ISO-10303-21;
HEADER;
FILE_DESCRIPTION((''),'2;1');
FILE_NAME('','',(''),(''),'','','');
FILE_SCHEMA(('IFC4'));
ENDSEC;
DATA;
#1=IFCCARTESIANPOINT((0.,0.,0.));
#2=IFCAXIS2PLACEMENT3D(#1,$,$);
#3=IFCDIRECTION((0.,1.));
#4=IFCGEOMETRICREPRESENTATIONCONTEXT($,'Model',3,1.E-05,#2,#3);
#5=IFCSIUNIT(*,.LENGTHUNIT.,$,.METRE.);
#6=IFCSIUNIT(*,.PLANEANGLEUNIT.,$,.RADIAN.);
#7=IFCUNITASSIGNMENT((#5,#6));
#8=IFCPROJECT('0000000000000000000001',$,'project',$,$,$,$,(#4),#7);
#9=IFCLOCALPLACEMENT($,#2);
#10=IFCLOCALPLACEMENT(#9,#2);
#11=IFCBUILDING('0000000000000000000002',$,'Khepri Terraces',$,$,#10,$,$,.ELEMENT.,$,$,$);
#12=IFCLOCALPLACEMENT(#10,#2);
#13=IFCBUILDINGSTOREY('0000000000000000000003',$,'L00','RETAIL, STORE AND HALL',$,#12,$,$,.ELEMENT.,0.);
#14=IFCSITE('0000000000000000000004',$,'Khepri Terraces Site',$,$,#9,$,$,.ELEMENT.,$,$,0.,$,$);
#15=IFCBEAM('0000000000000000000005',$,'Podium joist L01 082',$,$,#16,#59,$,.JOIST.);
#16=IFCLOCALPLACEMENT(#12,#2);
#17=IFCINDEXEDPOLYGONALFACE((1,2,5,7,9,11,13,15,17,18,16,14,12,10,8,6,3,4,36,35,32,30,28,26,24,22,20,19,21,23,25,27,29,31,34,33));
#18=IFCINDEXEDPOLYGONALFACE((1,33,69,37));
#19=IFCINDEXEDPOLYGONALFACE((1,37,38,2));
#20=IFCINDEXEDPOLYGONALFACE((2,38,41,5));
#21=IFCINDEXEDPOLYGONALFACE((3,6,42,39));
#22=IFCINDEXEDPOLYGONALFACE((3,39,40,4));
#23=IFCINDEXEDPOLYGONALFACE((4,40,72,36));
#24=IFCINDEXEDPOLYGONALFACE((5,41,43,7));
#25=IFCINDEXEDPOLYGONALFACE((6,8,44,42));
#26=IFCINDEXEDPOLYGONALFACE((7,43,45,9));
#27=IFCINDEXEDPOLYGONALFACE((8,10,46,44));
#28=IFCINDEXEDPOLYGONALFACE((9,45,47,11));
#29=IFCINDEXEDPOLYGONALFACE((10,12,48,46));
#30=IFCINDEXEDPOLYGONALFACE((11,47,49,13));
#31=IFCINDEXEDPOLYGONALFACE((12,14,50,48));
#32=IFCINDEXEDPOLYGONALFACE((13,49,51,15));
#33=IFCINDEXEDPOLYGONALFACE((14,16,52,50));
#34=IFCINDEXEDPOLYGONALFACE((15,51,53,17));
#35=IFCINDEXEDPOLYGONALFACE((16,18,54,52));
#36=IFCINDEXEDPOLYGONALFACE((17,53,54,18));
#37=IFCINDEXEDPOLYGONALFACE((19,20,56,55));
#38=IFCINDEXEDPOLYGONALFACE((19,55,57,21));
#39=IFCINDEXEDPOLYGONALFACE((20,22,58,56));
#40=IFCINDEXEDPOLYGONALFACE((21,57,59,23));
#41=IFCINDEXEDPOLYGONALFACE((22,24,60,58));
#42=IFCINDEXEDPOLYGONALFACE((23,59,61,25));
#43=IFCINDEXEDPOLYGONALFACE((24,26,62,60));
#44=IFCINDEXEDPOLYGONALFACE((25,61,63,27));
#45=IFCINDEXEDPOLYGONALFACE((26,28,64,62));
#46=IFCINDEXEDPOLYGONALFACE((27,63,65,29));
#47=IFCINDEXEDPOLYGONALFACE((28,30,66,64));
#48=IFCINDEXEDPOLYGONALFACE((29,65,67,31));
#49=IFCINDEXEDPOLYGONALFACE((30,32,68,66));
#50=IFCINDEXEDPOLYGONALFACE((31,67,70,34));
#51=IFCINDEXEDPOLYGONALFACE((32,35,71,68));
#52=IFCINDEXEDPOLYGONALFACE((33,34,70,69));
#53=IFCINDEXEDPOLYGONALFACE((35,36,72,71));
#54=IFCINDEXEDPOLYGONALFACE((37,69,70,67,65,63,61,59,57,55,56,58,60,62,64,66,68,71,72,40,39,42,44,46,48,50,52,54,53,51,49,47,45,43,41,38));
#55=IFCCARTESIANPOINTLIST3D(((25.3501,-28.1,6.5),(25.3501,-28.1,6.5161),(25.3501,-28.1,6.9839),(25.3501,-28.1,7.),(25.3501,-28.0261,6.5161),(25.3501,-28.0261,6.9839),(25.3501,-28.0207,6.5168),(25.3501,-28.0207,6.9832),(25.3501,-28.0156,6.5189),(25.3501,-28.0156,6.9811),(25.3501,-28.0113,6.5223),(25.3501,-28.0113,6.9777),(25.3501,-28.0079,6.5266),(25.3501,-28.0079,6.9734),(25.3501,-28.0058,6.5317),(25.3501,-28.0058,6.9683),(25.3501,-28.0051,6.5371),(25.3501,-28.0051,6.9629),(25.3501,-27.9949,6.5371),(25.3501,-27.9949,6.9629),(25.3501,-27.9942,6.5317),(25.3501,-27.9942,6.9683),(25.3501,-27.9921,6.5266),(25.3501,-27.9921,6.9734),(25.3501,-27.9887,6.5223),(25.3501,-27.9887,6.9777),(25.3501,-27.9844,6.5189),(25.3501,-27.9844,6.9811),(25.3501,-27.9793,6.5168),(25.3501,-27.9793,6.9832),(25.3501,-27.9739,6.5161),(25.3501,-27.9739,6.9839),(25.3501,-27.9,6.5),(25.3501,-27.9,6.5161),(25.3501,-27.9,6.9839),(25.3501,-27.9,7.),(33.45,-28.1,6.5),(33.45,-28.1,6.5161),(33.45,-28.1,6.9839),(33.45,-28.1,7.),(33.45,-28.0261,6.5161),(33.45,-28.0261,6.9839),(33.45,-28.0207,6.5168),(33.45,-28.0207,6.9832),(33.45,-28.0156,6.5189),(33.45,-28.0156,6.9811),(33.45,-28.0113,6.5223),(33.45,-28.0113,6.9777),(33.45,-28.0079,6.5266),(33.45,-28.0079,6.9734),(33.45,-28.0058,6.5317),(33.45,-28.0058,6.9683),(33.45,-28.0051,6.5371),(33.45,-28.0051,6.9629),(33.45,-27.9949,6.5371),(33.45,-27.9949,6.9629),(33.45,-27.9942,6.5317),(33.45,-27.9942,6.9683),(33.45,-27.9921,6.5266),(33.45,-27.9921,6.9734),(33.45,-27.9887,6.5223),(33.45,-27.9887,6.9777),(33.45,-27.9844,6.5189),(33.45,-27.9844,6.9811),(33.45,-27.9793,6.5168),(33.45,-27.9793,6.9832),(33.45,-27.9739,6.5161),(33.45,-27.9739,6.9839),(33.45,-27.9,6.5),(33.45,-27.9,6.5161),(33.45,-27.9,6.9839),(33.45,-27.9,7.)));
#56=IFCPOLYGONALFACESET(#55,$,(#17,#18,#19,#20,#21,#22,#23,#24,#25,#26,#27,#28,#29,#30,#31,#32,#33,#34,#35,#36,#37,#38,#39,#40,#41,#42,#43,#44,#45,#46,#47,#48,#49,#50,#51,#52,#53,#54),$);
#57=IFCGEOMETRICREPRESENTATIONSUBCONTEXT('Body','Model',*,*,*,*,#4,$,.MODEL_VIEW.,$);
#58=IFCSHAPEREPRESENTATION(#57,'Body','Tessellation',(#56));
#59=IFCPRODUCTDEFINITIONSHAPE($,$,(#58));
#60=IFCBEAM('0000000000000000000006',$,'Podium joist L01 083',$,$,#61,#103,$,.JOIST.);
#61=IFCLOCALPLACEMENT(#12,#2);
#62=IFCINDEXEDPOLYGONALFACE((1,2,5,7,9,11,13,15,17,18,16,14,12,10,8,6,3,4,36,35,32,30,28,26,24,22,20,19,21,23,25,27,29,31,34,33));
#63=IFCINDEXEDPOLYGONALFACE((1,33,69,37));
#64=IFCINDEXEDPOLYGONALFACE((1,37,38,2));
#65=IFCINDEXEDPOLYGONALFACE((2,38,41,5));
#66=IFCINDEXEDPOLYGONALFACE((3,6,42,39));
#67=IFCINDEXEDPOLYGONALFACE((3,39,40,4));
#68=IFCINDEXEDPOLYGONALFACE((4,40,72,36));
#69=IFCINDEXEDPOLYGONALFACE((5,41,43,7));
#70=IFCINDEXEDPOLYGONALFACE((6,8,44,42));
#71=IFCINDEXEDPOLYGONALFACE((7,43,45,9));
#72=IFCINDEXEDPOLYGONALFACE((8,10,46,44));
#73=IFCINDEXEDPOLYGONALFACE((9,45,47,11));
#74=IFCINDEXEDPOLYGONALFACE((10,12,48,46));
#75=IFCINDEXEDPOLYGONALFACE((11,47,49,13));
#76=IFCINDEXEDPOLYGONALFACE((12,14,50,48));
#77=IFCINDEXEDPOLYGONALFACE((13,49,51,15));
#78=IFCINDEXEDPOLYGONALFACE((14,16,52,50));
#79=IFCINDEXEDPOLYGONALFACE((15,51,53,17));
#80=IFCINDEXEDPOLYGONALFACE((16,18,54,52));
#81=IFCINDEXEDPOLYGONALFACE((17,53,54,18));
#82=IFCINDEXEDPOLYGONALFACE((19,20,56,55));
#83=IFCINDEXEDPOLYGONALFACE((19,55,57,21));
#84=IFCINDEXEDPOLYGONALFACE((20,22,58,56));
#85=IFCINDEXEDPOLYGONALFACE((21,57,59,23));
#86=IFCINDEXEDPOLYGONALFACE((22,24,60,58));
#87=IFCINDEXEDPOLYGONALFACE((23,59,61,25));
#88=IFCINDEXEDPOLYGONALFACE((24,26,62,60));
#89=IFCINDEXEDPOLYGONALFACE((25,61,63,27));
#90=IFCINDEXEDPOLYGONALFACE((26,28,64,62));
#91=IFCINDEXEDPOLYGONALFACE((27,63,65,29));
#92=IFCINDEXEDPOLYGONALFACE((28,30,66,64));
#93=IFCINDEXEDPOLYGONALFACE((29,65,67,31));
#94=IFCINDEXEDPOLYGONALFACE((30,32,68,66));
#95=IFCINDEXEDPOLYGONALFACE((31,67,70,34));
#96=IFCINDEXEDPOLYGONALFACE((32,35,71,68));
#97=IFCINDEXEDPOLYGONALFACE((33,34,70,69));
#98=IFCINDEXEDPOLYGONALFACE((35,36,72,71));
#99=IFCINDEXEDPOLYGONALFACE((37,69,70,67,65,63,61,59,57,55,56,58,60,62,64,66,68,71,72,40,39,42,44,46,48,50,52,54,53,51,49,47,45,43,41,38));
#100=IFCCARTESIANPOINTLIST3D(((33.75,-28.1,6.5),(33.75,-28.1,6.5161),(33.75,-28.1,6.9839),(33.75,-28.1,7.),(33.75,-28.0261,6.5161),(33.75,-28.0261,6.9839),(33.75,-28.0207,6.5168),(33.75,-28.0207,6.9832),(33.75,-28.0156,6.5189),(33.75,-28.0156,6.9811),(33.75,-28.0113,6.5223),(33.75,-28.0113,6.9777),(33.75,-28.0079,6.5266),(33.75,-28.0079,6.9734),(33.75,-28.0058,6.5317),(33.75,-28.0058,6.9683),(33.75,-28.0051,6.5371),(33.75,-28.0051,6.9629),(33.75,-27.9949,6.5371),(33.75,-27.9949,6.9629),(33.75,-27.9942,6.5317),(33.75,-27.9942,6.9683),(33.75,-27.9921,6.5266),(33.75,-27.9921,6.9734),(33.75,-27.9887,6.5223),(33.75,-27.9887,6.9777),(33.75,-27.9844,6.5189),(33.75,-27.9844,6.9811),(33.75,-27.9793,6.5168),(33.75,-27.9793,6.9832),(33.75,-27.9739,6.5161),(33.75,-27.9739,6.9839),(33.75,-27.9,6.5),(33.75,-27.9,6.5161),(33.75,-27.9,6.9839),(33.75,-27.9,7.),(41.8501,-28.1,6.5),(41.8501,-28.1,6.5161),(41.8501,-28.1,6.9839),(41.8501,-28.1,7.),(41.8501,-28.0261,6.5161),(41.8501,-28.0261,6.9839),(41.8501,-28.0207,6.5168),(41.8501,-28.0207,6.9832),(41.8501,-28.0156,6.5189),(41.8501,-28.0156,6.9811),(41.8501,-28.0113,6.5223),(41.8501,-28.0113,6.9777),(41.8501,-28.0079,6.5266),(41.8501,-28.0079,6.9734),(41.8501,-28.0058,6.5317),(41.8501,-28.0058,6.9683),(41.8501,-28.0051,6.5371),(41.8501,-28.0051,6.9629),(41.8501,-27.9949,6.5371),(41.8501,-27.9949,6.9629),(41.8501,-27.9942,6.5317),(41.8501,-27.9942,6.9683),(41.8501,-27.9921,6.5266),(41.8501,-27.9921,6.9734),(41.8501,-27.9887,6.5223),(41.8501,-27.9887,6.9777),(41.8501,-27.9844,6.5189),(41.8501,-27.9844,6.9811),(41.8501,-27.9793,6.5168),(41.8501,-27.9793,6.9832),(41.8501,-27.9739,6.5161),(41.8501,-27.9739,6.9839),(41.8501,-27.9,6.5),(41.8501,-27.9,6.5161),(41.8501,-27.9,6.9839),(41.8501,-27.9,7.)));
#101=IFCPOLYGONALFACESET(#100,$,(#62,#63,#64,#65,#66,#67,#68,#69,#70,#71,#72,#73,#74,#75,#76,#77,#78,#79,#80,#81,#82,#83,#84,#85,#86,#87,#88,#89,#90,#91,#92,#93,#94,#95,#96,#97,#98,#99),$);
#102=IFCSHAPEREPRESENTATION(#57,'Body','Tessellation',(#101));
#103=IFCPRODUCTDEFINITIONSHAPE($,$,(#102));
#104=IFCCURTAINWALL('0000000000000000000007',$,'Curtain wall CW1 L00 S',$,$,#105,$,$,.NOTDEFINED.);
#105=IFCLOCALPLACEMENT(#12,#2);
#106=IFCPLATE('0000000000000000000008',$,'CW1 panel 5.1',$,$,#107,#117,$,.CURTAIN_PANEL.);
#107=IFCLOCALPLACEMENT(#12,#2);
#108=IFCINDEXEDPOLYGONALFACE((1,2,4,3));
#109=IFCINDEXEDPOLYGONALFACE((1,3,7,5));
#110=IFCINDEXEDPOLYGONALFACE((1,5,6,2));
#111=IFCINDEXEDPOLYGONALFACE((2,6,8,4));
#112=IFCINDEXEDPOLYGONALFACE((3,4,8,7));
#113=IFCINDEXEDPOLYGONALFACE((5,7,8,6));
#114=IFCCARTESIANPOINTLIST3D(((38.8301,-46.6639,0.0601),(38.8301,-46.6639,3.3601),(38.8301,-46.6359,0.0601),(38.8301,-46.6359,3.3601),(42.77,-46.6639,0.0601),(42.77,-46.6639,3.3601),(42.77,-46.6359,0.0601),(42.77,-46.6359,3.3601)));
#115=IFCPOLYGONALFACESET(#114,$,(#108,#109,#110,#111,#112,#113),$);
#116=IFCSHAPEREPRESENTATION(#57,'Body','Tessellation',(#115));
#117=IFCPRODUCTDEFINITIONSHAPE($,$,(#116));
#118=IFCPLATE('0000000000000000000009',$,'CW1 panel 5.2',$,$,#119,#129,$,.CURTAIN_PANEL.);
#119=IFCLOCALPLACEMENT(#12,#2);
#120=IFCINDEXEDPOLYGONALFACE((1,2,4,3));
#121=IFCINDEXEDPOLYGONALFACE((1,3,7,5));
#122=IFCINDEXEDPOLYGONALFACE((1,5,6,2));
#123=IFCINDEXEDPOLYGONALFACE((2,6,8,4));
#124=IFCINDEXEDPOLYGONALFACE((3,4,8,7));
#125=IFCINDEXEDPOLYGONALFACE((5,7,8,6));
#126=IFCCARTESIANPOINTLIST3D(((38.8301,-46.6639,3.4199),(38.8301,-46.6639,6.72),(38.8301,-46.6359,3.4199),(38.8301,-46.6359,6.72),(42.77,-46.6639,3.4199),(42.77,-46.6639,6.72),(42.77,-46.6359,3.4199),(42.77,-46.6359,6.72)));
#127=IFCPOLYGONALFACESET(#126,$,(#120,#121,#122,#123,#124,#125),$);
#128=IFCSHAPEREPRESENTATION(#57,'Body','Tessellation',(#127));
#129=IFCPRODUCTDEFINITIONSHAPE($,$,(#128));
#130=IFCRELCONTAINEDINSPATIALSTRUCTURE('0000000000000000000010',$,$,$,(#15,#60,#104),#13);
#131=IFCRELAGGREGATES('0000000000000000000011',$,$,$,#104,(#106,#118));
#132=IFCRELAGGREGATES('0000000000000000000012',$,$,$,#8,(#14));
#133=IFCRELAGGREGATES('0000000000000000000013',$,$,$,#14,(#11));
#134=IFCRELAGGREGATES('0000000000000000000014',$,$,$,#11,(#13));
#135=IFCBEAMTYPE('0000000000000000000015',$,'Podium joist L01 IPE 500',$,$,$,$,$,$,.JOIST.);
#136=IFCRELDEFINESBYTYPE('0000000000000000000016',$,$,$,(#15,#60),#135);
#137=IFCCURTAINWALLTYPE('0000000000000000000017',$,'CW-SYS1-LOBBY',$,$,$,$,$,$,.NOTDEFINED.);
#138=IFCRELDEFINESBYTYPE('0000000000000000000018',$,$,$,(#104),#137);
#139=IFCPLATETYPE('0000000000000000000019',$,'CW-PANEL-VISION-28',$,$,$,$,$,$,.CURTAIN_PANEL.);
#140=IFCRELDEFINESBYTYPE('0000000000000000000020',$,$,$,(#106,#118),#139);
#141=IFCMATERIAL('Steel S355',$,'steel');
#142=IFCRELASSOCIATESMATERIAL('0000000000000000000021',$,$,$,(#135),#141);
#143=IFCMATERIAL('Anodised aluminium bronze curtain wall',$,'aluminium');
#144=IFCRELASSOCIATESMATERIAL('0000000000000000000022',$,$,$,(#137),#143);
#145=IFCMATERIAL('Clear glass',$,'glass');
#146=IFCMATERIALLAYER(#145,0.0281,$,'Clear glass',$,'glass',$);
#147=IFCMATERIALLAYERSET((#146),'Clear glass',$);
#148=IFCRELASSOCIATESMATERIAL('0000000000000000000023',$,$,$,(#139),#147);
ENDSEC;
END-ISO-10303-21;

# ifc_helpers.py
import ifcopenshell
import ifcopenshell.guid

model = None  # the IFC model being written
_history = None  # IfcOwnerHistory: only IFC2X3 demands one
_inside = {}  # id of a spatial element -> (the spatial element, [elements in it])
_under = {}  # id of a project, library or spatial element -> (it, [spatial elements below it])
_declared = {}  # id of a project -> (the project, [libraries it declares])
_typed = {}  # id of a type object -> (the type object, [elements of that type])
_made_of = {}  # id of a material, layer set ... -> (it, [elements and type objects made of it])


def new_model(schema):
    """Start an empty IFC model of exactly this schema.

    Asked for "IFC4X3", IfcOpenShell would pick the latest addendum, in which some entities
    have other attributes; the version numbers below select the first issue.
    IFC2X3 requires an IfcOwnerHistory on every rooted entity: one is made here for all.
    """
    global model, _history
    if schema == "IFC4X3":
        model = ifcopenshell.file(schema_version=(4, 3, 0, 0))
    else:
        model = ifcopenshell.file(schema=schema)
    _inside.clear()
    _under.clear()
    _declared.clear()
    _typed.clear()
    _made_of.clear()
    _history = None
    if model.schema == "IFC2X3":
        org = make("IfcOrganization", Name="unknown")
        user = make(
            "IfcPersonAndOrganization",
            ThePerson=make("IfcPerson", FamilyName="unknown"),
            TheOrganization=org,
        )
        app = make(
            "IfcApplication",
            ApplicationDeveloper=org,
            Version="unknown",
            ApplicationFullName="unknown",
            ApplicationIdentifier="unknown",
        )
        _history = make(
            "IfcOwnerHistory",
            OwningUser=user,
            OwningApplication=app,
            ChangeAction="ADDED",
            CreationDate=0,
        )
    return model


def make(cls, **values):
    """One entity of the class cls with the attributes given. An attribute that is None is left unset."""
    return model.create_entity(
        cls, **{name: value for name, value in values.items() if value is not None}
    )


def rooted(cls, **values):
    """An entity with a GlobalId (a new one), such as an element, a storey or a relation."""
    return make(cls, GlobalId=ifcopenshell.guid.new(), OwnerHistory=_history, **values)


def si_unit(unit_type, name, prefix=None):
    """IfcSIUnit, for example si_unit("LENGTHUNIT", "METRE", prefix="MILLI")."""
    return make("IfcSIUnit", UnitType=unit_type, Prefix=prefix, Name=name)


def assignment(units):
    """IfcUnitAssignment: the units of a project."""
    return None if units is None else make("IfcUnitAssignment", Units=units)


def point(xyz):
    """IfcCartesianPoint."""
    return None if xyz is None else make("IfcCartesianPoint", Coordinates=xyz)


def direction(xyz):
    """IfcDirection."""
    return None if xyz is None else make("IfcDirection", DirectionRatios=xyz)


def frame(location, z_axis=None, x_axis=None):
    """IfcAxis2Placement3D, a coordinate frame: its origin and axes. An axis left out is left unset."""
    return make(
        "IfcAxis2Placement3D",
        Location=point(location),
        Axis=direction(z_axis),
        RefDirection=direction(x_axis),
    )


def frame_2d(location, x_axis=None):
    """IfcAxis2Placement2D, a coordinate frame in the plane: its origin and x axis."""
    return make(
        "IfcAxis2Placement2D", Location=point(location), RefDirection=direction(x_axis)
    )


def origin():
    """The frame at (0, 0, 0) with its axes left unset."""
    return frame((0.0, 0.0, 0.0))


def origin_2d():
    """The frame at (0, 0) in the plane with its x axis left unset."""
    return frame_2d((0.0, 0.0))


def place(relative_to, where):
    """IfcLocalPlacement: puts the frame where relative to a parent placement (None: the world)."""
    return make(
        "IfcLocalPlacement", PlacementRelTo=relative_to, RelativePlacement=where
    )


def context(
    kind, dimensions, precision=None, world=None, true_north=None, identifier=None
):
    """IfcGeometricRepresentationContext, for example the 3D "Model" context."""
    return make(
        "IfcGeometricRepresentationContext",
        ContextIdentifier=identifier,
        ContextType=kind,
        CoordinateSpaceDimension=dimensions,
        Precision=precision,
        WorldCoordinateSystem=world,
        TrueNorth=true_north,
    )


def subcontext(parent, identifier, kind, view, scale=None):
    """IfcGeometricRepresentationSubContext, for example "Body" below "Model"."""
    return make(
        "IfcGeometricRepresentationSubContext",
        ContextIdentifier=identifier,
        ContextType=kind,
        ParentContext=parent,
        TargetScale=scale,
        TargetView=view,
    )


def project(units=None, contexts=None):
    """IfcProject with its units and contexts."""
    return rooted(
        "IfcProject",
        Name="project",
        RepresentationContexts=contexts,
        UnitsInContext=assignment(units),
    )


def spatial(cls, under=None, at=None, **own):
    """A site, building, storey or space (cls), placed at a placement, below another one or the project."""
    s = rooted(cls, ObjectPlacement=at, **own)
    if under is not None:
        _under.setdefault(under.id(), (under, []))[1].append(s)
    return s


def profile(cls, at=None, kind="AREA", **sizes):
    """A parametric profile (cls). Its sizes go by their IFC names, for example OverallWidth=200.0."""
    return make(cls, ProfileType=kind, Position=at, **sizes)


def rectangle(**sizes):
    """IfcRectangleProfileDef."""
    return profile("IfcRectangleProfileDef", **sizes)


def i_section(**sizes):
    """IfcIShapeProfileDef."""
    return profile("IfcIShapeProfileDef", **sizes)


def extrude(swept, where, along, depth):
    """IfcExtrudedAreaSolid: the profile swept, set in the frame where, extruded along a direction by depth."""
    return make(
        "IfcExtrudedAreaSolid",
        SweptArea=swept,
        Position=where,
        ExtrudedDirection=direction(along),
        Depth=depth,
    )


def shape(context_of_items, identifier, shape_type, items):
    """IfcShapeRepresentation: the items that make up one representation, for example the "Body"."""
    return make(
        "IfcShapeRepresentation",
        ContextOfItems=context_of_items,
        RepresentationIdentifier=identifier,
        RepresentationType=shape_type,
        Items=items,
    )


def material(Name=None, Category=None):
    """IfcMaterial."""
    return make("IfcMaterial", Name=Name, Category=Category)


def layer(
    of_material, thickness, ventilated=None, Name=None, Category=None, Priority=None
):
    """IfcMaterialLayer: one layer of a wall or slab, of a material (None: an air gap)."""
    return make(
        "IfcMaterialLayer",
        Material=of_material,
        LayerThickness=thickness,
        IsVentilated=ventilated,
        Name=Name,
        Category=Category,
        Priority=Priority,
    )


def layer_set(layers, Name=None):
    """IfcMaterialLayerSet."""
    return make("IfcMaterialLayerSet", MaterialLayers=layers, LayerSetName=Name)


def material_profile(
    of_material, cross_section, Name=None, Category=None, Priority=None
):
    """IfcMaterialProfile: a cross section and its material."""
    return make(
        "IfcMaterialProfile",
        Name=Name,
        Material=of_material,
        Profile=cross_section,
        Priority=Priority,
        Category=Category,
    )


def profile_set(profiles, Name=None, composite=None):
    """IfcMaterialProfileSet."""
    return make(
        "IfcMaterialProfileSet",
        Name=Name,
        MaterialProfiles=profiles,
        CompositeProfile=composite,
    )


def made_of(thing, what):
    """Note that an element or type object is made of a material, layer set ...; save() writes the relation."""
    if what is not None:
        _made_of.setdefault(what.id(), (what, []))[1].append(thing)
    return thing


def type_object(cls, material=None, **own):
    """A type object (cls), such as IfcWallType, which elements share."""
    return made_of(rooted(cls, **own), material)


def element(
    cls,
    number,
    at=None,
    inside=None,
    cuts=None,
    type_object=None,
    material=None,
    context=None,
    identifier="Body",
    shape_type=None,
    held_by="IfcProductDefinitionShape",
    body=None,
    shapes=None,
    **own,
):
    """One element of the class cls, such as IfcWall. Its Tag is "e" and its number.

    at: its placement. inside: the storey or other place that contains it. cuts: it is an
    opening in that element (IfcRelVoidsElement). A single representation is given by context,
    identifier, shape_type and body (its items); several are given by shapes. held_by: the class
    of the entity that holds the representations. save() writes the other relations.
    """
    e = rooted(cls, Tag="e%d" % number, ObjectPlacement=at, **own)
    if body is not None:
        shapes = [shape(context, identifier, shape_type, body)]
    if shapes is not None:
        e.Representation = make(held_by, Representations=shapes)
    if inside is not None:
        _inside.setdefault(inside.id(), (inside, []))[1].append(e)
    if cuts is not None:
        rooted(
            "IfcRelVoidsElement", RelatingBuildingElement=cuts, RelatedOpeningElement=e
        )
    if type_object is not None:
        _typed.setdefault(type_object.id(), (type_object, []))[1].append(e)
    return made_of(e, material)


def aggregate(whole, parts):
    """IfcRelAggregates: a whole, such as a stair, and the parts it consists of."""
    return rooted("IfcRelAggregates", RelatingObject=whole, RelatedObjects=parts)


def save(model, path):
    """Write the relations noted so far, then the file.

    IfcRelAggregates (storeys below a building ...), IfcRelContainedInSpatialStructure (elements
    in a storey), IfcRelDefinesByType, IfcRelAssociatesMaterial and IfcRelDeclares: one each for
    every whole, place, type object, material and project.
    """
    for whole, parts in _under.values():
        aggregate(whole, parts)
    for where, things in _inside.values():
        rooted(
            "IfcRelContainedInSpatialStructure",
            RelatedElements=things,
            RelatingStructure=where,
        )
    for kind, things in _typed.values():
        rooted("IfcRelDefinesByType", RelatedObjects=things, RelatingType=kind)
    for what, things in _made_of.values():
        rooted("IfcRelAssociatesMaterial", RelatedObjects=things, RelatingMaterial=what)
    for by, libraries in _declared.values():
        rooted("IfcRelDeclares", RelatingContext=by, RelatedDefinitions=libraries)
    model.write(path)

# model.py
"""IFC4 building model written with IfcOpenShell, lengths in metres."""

from ifc_helpers import new_model, si_unit, direction, frame, origin, origin_2d, place, context, subcontext, project, spatial, rectangle, i_section, extrude, material, layer, layer_set, material_profile, profile_set, type_object, element, aggregate, save


model = new_model("IFC4")

# Units and contexts
model_context = context("Model", 3, precision=1e-05, world=origin(), true_north=direction((0.0, 1.0)))
body_context = subcontext(model_context, "Body", "Model", "MODEL_VIEW")
ifc_project = project(units=[si_unit("LENGTHUNIT", "METRE"), si_unit("PLANEANGLEUNIT", "RADIAN")], contexts=[model_context])

# Site, building, storey
site_placement = place(None, origin())
site = spatial("IfcSite", under=ifc_project, at=site_placement, Name="Khepri Terraces Site", CompositionType="ELEMENT", RefElevation=0.0)
building_placement = place(site_placement, origin())
building = spatial("IfcBuilding", under=site, at=building_placement, Name="Khepri Terraces", CompositionType="ELEMENT")
storey_placement = place(building_placement, origin())
storey = spatial("IfcBuildingStorey", under=building, at=storey_placement, Name="L00", Description="RETAIL, STORE AND HALL", CompositionType="ELEMENT", Elevation=0.0)

# Beams
ifc_material_1 = material(Name="Steel S355", Category="steel")
ifc_material_profile_1 = material_profile(ifc_material_1, i_section(OverallWidth=0.2, OverallDepth=0.5, WebThickness=0.0103, FlangeThickness=0.0161, FilletRadius=0.021, at=origin_2d()), Name="Steel S355", Category="steel")
ifc_profile_set_1 = profile_set([ifc_material_profile_1], Name="Steel S355")
beam_type_1 = type_object("IfcBeamType", Name="Podium joist L01 IPE 500", PredefinedType="JOIST", material=ifc_profile_set_1)
beam_1_placement = place(storey_placement, frame((25.3501, -28.0, 6.75), z_axis=(1.0, 0.0, 0.0), x_axis=(0.0, 1.0, 0.0)))
element("IfcBeam", 1, at=beam_1_placement, inside=storey, type_object=beam_type_1, Name="Podium joist L01 082", PredefinedType="JOIST", context=body_context, shape_type="SweptSolid", body=[
    extrude(i_section(OverallWidth=0.2, OverallDepth=0.5, WebThickness=0.0103, FlangeThickness=0.0161, FilletRadius=0.021, at=origin_2d()), origin(), (0.0, 0.0, 1.0), 8.0999),
])
beam_2_placement = place(storey_placement, frame((33.75, -28.0, 6.75), z_axis=(1.0, 0.0, 0.0), x_axis=(0.0, 1.0, 0.0)))
element("IfcBeam", 2, at=beam_2_placement, inside=storey, type_object=beam_type_1, Name="Podium joist L01 083", PredefinedType="JOIST", context=body_context, shape_type="SweptSolid", body=[
    extrude(i_section(OverallWidth=0.2, OverallDepth=0.5, WebThickness=0.0103, FlangeThickness=0.0161, FilletRadius=0.021, at=origin_2d()), origin(), (0.0, 0.0, 1.0), 8.1001),
])

# Curtain wall, plates
ifc_material_2 = material(Name="Anodised aluminium bronze curtain wall", Category="aluminium")
curtain_wall_type = type_object("IfcCurtainWallType", Name="CW-SYS1-LOBBY", PredefinedType="NOTDEFINED", material=ifc_material_2)
curtain_wall_placement = place(storey_placement, origin())
curtain_wall = element("IfcCurtainWall", 3, at=curtain_wall_placement, inside=storey, type_object=curtain_wall_type, Name="Curtain wall CW1 L00 S", PredefinedType="NOTDEFINED")
ifc_material_3 = material(Name="Clear glass", Category="glass")
ifc_layer = layer(ifc_material_3, 0.0281, Name="Clear glass", Category="glass")
ifc_layer_set = layer_set([ifc_layer], Name="Clear glass")
plate_type = type_object("IfcPlateType", Name="CW-PANEL-VISION-28", PredefinedType="CURTAIN_PANEL", material=ifc_layer_set)
plate_1_placement = place(storey_placement, frame((40.8, -46.6499, 0.0601), z_axis=(0.0, 0.0, 1.0), x_axis=(1.0, 0.0, 0.0)))
plate_1 = element("IfcPlate", 4, at=plate_1_placement, type_object=plate_type, Name="CW1 panel 5.1", PredefinedType="CURTAIN_PANEL", context=body_context, shape_type="SweptSolid", body=[
    extrude(rectangle(XDim=3.9399, YDim=0.0281, at=origin_2d()), origin(), (0.0, 0.0, 1.0), 3.3),
])
plate_2_placement = place(storey_placement, frame((40.8, -46.6499, 3.4199), z_axis=(0.0, 0.0, 1.0), x_axis=(1.0, 0.0, 0.0)))
plate_2 = element("IfcPlate", 5, at=plate_2_placement, type_object=plate_type, Name="CW1 panel 5.2", PredefinedType="CURTAIN_PANEL", context=body_context, shape_type="SweptSolid", body=[
    extrude(rectangle(XDim=3.9399, YDim=0.0281, at=origin_2d()), origin(), (0.0, 0.0, 1.0), 3.3),
])
aggregate(curtain_wall, [plate_1, plate_2])

save(model, "model.ifc")
